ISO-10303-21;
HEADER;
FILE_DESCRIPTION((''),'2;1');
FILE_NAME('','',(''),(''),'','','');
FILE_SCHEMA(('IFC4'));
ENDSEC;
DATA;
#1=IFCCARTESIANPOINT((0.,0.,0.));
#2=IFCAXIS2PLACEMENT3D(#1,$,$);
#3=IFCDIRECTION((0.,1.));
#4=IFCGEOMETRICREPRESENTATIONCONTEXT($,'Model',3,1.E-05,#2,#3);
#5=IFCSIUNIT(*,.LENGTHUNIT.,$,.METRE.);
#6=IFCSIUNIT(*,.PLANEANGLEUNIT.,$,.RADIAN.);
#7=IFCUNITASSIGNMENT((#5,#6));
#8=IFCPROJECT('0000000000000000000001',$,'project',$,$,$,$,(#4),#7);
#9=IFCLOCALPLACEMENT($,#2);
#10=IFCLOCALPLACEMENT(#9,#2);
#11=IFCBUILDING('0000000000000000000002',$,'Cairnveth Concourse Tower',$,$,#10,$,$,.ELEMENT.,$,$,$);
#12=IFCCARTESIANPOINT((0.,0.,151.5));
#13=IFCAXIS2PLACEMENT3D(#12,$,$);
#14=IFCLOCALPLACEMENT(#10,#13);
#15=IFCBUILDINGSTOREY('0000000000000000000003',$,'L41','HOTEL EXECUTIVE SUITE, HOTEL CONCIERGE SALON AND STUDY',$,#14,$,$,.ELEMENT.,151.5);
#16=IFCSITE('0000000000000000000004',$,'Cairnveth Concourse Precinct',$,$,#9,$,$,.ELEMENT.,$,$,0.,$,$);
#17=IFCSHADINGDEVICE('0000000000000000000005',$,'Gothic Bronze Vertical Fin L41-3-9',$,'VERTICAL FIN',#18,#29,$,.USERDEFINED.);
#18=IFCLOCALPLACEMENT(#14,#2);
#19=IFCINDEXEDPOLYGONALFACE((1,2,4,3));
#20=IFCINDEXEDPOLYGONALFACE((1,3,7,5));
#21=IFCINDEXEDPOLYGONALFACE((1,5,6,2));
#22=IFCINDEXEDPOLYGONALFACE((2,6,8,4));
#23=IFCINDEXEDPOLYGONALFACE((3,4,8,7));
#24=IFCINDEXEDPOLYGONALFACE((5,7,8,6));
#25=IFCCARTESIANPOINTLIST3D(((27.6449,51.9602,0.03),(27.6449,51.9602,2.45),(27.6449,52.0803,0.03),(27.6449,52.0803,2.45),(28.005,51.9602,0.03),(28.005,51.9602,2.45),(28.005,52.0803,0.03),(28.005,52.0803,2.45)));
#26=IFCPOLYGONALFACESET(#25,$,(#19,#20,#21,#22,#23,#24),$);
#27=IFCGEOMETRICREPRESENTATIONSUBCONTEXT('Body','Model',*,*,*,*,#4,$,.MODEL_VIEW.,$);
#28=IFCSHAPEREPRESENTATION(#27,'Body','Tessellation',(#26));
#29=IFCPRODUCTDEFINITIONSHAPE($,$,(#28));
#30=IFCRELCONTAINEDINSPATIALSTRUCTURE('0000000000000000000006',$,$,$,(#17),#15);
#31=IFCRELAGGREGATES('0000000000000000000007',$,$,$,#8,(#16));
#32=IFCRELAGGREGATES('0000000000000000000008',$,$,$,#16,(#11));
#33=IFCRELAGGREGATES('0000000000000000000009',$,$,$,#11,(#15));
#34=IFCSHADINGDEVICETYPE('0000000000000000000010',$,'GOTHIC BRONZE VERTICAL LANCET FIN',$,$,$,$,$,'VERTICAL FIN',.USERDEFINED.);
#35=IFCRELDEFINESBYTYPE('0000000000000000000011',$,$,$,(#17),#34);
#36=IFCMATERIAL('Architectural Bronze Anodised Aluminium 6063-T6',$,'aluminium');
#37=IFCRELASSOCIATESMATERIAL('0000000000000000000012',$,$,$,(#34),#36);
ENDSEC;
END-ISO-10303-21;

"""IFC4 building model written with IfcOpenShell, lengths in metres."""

from ifc_helpers import new_model, si_unit, direction, frame, origin, origin_2d, place, context, subcontext, project, spatial, rectangle, extrude, material, type_object, element, save


model = new_model("IFC4")

# Units and contexts
model_context = context("Model", 3, precision=1e-05, world=origin(), true_north=direction((0.0, 1.0)))
body_context = subcontext(model_context, "Body", "Model", "MODEL_VIEW")
ifc_project = project(units=[si_unit("LENGTHUNIT", "METRE"), si_unit("PLANEANGLEUNIT", "RADIAN")], contexts=[model_context])

# Site, building, storey
site_placement = place(None, origin())
site = spatial("IfcSite", under=ifc_project, at=site_placement, Name="Cairnveth Concourse Precinct", CompositionType="ELEMENT", RefElevation=0.0)
building_placement = place(site_placement, origin())
building = spatial("IfcBuilding", under=site, at=building_placement, Name="Cairnveth Concourse Tower", CompositionType="ELEMENT")
storey_placement = place(building_placement, frame((0.0, 0.0, 151.5)))
storey = spatial("IfcBuildingStorey", under=building, at=storey_placement, Name="L41", Description="HOTEL EXECUTIVE SUITE, HOTEL CONCIERGE SALON AND STUDY", CompositionType="ELEMENT", Elevation=151.5)

# Shading device
ifc_material_1 = material(Name="Architectural Bronze Anodised Aluminium 6063-T6", Category="aluminium")
shading_device_type = type_object("IfcShadingDeviceType", Name="GOTHIC BRONZE VERTICAL LANCET FIN", ElementType="VERTICAL FIN", PredefinedType="USERDEFINED", material=ifc_material_1)
shading_device_placement = place(storey_placement, frame((27.825, 52.0203, 0.03), z_axis=(0.0, 0.0, 1.0), x_axis=(0.0, 1.0, 0.0)))
element("IfcShadingDevice", 1, at=shading_device_placement, inside=storey, type_object=shading_device_type, Name="Gothic Bronze Vertical Fin L41-3-9", ObjectType="VERTICAL FIN", PredefinedType="USERDEFINED", context=body_context, shape_type="SweptSolid", body=[
    extrude(rectangle(XDim=0.1201, YDim=0.3601, at=origin_2d()), origin(), (0.0, 0.0, 1.0), 2.4199),
])

save(model, "model.ifc")
